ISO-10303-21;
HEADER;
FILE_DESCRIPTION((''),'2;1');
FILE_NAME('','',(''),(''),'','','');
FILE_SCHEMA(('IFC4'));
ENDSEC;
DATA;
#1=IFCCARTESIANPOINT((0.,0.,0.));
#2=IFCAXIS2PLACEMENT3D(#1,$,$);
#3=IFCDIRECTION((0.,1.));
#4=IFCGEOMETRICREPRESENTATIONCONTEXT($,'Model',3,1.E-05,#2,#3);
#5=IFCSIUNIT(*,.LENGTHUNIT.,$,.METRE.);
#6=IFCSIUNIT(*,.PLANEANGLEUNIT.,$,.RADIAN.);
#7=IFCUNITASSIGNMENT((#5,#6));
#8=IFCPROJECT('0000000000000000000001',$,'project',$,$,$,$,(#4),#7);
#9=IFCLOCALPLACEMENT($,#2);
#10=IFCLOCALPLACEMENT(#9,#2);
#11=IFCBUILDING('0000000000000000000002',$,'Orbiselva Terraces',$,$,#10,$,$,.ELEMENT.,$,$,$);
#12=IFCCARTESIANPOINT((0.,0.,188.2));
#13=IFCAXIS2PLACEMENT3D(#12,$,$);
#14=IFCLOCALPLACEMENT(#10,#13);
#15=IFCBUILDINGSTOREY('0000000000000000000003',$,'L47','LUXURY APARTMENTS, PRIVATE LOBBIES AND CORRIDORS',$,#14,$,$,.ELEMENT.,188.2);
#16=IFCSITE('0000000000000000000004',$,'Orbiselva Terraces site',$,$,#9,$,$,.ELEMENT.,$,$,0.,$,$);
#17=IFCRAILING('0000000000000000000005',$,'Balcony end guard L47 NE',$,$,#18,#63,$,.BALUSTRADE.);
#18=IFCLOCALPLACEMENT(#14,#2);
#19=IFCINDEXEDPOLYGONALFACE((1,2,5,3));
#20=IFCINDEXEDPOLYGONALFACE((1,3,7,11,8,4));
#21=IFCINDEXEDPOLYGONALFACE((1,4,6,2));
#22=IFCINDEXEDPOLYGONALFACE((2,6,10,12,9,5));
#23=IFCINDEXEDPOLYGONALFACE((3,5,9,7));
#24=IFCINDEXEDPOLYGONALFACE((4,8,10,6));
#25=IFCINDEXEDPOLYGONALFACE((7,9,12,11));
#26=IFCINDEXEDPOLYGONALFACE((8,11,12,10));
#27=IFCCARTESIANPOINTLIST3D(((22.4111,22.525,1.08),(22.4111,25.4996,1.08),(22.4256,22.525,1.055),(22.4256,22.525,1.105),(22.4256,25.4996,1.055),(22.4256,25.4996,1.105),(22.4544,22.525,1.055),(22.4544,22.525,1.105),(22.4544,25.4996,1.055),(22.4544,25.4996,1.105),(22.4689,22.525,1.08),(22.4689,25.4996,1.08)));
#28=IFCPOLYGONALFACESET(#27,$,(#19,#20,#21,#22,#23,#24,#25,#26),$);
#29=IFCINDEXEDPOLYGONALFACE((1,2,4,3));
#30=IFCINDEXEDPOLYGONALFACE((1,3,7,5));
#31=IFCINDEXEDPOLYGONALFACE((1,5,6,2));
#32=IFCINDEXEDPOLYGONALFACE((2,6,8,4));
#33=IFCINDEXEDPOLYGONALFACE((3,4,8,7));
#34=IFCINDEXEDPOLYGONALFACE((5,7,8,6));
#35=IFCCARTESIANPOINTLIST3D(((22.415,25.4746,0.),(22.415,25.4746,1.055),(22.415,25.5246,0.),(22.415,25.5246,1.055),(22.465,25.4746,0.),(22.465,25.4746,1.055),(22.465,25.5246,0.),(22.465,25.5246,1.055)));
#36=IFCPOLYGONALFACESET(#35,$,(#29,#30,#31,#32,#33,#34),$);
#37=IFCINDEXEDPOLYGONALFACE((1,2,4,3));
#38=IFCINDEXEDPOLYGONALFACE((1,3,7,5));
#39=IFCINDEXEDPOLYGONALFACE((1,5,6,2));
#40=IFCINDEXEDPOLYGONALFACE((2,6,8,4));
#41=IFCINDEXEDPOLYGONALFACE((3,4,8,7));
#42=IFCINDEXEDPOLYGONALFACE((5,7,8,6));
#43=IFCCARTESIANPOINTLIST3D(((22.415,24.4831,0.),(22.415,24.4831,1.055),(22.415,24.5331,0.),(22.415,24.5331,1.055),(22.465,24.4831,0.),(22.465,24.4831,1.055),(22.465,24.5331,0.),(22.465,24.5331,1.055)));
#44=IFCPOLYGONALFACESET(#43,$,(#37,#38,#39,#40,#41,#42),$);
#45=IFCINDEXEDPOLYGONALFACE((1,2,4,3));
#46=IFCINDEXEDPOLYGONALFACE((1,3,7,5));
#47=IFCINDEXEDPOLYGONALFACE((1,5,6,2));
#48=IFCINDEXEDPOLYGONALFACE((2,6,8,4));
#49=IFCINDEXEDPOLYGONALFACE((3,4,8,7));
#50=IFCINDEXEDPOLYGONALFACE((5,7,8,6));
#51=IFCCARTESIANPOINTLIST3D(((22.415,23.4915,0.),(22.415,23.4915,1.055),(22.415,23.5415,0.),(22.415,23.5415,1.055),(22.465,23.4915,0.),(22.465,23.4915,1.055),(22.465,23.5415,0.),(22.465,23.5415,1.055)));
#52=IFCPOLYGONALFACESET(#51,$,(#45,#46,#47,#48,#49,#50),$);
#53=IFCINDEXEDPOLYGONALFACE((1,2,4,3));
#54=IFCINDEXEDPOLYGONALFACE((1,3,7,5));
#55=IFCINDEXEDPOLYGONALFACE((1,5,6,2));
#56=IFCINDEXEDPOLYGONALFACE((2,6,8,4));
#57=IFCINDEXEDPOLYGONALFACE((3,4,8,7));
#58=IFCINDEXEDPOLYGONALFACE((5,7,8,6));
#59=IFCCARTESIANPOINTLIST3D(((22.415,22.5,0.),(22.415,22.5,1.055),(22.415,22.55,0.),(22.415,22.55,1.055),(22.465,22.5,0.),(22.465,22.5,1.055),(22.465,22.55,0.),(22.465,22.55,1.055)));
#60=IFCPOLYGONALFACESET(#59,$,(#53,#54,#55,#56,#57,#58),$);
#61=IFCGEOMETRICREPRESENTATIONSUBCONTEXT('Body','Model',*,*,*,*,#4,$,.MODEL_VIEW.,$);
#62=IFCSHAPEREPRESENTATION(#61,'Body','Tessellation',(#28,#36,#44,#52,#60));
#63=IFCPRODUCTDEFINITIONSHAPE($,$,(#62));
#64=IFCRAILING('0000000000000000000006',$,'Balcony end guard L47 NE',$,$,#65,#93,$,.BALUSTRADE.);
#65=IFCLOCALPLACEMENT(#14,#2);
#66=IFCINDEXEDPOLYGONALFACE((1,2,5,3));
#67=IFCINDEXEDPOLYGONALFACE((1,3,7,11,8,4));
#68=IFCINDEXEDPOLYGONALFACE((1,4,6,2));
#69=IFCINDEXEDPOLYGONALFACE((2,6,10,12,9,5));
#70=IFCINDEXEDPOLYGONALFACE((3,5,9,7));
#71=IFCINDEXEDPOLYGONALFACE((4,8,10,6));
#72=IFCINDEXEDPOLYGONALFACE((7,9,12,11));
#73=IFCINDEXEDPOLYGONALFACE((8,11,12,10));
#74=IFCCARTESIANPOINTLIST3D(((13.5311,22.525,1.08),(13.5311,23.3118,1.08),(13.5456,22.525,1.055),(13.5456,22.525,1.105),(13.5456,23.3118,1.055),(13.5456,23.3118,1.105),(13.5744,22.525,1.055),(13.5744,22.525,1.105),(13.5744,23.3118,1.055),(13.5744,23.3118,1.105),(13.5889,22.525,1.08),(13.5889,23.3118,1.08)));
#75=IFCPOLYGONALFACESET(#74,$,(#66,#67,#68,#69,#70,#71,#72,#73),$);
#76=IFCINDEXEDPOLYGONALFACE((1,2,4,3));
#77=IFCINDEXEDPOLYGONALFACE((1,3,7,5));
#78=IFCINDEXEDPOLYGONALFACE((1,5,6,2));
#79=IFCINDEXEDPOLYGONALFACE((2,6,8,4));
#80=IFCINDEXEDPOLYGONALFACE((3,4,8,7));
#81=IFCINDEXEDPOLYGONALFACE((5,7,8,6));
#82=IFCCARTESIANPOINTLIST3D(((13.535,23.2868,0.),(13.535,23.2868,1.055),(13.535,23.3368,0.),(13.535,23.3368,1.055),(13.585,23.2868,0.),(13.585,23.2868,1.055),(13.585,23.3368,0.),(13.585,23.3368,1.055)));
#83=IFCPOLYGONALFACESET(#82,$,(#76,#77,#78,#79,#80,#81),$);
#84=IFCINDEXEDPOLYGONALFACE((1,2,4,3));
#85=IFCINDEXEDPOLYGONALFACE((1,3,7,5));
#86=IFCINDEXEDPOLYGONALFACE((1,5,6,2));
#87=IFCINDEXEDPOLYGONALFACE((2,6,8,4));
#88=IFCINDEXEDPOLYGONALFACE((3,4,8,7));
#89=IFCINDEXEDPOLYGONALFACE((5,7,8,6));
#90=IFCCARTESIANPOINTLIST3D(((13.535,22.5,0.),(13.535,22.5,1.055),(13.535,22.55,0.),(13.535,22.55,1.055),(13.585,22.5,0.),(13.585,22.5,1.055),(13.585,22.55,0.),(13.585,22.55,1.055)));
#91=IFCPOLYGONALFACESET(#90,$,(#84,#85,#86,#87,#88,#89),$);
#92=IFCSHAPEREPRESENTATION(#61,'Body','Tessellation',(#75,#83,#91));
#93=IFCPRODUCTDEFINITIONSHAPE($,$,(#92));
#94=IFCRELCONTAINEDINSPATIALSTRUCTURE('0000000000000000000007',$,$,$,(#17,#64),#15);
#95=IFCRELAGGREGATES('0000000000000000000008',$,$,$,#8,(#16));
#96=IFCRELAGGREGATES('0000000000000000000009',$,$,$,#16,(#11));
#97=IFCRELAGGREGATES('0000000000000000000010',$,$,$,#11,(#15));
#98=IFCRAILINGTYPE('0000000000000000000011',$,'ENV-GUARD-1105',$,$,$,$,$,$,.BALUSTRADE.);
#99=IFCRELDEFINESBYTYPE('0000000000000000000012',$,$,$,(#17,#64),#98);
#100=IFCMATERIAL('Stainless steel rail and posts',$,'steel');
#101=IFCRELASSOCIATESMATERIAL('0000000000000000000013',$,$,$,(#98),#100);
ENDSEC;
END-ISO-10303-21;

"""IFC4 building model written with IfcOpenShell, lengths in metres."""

from ifc_helpers import new_model, si_unit, direction, frame, origin, origin_2d, place, context, subcontext, project, spatial, polyline, rectangle, outline, extrude, material, type_object, element, save


model = new_model("IFC4")

# Units and contexts
model_context = context("Model", 3, precision=1e-05, world=origin(), true_north=direction((0.0, 1.0)))
body_context = subcontext(model_context, "Body", "Model", "MODEL_VIEW")
ifc_project = project(units=[si_unit("LENGTHUNIT", "METRE"), si_unit("PLANEANGLEUNIT", "RADIAN")], contexts=[model_context])

# Site, building, storey
site_placement = place(None, origin())
site = spatial("IfcSite", under=ifc_project, at=site_placement, Name="Orbiselva Terraces site", CompositionType="ELEMENT", RefElevation=0.0)
building_placement = place(site_placement, origin())
building = spatial("IfcBuilding", under=site, at=building_placement, Name="Orbiselva Terraces", CompositionType="ELEMENT")
storey_placement = place(building_placement, frame((0.0, 0.0, 188.2)))
storey = spatial("IfcBuildingStorey", under=building, at=storey_placement, Name="L47", Description="LUXURY APARTMENTS, PRIVATE LOBBIES AND CORRIDORS", CompositionType="ELEMENT", Elevation=188.2)

# Railings
ifc_material_1 = material(Name="Stainless steel rail and posts", Category="steel")
railing_type_1 = type_object("IfcRailingType", Name="ENV-GUARD-1105", PredefinedType="BALUSTRADE", material=ifc_material_1)
railing_1_placement = place(storey_placement, frame((22.44, 25.4996, 0.0)))
element("IfcRailing", 1, at=railing_1_placement, inside=storey, type_object=railing_type_1, Name="Balcony end guard L47 NE", PredefinedType="BALUSTRADE", context=body_context, shape_type="SweptSolid", body=[
    extrude(outline(polyline([(0.0289, 0.0), (0.0144, 0.025), (-0.0144, 0.025), (-0.0289, 0.0), (-0.0144, -0.025), (0.0144, -0.025), (0.0289, 0.0)])), frame((0.0, 0.0, 1.08), z_axis=(0.0, -1.0, 0.0), x_axis=(1.0, 0.0, 0.0)), (0.0, 0.0, 1.0), 2.9746),
    extrude(rectangle(XDim=0.05, YDim=0.05, at=origin_2d()), origin(), (0.0, 0.0, 1.0), 1.055),
    extrude(rectangle(XDim=0.05, YDim=0.05, at=origin_2d()), frame((0.0, -0.9915, 0.0)), (0.0, 0.0, 1.0), 1.055),
    extrude(rectangle(XDim=0.05, YDim=0.05, at=origin_2d()), frame((0.0, -1.9831, 0.0)), (0.0, 0.0, 1.0), 1.055),
    extrude(rectangle(XDim=0.05, YDim=0.05, at=origin_2d()), frame((0.0, -2.9746, 0.0)), (0.0, 0.0, 1.0), 1.055),
])
railing_2_placement = place(storey_placement, frame((13.56, 23.3118, 0.0)))
element("IfcRailing", 2, at=railing_2_placement, inside=storey, type_object=railing_type_1, Name="Balcony end guard L47 NE", PredefinedType="BALUSTRADE", context=body_context, shape_type="SweptSolid", body=[
    extrude(outline(polyline([(0.0289, 0.0), (0.0144, 0.025), (-0.0144, 0.025), (-0.0289, 0.0), (-0.0144, -0.025), (0.0144, -0.025), (0.0289, 0.0)])), frame((0.0, 0.0, 1.08), z_axis=(0.0, -1.0, 0.0), x_axis=(1.0, 0.0, 0.0)), (0.0, 0.0, 1.0), 0.7868),
    extrude(rectangle(XDim=0.05, YDim=0.05, at=origin_2d()), origin(), (0.0, 0.0, 1.0), 1.055),
    extrude(rectangle(XDim=0.05, YDim=0.05, at=origin_2d()), frame((0.0, -0.7868, 0.0)), (0.0, 0.0, 1.0), 1.055),
])

save(model, "model.ifc")
